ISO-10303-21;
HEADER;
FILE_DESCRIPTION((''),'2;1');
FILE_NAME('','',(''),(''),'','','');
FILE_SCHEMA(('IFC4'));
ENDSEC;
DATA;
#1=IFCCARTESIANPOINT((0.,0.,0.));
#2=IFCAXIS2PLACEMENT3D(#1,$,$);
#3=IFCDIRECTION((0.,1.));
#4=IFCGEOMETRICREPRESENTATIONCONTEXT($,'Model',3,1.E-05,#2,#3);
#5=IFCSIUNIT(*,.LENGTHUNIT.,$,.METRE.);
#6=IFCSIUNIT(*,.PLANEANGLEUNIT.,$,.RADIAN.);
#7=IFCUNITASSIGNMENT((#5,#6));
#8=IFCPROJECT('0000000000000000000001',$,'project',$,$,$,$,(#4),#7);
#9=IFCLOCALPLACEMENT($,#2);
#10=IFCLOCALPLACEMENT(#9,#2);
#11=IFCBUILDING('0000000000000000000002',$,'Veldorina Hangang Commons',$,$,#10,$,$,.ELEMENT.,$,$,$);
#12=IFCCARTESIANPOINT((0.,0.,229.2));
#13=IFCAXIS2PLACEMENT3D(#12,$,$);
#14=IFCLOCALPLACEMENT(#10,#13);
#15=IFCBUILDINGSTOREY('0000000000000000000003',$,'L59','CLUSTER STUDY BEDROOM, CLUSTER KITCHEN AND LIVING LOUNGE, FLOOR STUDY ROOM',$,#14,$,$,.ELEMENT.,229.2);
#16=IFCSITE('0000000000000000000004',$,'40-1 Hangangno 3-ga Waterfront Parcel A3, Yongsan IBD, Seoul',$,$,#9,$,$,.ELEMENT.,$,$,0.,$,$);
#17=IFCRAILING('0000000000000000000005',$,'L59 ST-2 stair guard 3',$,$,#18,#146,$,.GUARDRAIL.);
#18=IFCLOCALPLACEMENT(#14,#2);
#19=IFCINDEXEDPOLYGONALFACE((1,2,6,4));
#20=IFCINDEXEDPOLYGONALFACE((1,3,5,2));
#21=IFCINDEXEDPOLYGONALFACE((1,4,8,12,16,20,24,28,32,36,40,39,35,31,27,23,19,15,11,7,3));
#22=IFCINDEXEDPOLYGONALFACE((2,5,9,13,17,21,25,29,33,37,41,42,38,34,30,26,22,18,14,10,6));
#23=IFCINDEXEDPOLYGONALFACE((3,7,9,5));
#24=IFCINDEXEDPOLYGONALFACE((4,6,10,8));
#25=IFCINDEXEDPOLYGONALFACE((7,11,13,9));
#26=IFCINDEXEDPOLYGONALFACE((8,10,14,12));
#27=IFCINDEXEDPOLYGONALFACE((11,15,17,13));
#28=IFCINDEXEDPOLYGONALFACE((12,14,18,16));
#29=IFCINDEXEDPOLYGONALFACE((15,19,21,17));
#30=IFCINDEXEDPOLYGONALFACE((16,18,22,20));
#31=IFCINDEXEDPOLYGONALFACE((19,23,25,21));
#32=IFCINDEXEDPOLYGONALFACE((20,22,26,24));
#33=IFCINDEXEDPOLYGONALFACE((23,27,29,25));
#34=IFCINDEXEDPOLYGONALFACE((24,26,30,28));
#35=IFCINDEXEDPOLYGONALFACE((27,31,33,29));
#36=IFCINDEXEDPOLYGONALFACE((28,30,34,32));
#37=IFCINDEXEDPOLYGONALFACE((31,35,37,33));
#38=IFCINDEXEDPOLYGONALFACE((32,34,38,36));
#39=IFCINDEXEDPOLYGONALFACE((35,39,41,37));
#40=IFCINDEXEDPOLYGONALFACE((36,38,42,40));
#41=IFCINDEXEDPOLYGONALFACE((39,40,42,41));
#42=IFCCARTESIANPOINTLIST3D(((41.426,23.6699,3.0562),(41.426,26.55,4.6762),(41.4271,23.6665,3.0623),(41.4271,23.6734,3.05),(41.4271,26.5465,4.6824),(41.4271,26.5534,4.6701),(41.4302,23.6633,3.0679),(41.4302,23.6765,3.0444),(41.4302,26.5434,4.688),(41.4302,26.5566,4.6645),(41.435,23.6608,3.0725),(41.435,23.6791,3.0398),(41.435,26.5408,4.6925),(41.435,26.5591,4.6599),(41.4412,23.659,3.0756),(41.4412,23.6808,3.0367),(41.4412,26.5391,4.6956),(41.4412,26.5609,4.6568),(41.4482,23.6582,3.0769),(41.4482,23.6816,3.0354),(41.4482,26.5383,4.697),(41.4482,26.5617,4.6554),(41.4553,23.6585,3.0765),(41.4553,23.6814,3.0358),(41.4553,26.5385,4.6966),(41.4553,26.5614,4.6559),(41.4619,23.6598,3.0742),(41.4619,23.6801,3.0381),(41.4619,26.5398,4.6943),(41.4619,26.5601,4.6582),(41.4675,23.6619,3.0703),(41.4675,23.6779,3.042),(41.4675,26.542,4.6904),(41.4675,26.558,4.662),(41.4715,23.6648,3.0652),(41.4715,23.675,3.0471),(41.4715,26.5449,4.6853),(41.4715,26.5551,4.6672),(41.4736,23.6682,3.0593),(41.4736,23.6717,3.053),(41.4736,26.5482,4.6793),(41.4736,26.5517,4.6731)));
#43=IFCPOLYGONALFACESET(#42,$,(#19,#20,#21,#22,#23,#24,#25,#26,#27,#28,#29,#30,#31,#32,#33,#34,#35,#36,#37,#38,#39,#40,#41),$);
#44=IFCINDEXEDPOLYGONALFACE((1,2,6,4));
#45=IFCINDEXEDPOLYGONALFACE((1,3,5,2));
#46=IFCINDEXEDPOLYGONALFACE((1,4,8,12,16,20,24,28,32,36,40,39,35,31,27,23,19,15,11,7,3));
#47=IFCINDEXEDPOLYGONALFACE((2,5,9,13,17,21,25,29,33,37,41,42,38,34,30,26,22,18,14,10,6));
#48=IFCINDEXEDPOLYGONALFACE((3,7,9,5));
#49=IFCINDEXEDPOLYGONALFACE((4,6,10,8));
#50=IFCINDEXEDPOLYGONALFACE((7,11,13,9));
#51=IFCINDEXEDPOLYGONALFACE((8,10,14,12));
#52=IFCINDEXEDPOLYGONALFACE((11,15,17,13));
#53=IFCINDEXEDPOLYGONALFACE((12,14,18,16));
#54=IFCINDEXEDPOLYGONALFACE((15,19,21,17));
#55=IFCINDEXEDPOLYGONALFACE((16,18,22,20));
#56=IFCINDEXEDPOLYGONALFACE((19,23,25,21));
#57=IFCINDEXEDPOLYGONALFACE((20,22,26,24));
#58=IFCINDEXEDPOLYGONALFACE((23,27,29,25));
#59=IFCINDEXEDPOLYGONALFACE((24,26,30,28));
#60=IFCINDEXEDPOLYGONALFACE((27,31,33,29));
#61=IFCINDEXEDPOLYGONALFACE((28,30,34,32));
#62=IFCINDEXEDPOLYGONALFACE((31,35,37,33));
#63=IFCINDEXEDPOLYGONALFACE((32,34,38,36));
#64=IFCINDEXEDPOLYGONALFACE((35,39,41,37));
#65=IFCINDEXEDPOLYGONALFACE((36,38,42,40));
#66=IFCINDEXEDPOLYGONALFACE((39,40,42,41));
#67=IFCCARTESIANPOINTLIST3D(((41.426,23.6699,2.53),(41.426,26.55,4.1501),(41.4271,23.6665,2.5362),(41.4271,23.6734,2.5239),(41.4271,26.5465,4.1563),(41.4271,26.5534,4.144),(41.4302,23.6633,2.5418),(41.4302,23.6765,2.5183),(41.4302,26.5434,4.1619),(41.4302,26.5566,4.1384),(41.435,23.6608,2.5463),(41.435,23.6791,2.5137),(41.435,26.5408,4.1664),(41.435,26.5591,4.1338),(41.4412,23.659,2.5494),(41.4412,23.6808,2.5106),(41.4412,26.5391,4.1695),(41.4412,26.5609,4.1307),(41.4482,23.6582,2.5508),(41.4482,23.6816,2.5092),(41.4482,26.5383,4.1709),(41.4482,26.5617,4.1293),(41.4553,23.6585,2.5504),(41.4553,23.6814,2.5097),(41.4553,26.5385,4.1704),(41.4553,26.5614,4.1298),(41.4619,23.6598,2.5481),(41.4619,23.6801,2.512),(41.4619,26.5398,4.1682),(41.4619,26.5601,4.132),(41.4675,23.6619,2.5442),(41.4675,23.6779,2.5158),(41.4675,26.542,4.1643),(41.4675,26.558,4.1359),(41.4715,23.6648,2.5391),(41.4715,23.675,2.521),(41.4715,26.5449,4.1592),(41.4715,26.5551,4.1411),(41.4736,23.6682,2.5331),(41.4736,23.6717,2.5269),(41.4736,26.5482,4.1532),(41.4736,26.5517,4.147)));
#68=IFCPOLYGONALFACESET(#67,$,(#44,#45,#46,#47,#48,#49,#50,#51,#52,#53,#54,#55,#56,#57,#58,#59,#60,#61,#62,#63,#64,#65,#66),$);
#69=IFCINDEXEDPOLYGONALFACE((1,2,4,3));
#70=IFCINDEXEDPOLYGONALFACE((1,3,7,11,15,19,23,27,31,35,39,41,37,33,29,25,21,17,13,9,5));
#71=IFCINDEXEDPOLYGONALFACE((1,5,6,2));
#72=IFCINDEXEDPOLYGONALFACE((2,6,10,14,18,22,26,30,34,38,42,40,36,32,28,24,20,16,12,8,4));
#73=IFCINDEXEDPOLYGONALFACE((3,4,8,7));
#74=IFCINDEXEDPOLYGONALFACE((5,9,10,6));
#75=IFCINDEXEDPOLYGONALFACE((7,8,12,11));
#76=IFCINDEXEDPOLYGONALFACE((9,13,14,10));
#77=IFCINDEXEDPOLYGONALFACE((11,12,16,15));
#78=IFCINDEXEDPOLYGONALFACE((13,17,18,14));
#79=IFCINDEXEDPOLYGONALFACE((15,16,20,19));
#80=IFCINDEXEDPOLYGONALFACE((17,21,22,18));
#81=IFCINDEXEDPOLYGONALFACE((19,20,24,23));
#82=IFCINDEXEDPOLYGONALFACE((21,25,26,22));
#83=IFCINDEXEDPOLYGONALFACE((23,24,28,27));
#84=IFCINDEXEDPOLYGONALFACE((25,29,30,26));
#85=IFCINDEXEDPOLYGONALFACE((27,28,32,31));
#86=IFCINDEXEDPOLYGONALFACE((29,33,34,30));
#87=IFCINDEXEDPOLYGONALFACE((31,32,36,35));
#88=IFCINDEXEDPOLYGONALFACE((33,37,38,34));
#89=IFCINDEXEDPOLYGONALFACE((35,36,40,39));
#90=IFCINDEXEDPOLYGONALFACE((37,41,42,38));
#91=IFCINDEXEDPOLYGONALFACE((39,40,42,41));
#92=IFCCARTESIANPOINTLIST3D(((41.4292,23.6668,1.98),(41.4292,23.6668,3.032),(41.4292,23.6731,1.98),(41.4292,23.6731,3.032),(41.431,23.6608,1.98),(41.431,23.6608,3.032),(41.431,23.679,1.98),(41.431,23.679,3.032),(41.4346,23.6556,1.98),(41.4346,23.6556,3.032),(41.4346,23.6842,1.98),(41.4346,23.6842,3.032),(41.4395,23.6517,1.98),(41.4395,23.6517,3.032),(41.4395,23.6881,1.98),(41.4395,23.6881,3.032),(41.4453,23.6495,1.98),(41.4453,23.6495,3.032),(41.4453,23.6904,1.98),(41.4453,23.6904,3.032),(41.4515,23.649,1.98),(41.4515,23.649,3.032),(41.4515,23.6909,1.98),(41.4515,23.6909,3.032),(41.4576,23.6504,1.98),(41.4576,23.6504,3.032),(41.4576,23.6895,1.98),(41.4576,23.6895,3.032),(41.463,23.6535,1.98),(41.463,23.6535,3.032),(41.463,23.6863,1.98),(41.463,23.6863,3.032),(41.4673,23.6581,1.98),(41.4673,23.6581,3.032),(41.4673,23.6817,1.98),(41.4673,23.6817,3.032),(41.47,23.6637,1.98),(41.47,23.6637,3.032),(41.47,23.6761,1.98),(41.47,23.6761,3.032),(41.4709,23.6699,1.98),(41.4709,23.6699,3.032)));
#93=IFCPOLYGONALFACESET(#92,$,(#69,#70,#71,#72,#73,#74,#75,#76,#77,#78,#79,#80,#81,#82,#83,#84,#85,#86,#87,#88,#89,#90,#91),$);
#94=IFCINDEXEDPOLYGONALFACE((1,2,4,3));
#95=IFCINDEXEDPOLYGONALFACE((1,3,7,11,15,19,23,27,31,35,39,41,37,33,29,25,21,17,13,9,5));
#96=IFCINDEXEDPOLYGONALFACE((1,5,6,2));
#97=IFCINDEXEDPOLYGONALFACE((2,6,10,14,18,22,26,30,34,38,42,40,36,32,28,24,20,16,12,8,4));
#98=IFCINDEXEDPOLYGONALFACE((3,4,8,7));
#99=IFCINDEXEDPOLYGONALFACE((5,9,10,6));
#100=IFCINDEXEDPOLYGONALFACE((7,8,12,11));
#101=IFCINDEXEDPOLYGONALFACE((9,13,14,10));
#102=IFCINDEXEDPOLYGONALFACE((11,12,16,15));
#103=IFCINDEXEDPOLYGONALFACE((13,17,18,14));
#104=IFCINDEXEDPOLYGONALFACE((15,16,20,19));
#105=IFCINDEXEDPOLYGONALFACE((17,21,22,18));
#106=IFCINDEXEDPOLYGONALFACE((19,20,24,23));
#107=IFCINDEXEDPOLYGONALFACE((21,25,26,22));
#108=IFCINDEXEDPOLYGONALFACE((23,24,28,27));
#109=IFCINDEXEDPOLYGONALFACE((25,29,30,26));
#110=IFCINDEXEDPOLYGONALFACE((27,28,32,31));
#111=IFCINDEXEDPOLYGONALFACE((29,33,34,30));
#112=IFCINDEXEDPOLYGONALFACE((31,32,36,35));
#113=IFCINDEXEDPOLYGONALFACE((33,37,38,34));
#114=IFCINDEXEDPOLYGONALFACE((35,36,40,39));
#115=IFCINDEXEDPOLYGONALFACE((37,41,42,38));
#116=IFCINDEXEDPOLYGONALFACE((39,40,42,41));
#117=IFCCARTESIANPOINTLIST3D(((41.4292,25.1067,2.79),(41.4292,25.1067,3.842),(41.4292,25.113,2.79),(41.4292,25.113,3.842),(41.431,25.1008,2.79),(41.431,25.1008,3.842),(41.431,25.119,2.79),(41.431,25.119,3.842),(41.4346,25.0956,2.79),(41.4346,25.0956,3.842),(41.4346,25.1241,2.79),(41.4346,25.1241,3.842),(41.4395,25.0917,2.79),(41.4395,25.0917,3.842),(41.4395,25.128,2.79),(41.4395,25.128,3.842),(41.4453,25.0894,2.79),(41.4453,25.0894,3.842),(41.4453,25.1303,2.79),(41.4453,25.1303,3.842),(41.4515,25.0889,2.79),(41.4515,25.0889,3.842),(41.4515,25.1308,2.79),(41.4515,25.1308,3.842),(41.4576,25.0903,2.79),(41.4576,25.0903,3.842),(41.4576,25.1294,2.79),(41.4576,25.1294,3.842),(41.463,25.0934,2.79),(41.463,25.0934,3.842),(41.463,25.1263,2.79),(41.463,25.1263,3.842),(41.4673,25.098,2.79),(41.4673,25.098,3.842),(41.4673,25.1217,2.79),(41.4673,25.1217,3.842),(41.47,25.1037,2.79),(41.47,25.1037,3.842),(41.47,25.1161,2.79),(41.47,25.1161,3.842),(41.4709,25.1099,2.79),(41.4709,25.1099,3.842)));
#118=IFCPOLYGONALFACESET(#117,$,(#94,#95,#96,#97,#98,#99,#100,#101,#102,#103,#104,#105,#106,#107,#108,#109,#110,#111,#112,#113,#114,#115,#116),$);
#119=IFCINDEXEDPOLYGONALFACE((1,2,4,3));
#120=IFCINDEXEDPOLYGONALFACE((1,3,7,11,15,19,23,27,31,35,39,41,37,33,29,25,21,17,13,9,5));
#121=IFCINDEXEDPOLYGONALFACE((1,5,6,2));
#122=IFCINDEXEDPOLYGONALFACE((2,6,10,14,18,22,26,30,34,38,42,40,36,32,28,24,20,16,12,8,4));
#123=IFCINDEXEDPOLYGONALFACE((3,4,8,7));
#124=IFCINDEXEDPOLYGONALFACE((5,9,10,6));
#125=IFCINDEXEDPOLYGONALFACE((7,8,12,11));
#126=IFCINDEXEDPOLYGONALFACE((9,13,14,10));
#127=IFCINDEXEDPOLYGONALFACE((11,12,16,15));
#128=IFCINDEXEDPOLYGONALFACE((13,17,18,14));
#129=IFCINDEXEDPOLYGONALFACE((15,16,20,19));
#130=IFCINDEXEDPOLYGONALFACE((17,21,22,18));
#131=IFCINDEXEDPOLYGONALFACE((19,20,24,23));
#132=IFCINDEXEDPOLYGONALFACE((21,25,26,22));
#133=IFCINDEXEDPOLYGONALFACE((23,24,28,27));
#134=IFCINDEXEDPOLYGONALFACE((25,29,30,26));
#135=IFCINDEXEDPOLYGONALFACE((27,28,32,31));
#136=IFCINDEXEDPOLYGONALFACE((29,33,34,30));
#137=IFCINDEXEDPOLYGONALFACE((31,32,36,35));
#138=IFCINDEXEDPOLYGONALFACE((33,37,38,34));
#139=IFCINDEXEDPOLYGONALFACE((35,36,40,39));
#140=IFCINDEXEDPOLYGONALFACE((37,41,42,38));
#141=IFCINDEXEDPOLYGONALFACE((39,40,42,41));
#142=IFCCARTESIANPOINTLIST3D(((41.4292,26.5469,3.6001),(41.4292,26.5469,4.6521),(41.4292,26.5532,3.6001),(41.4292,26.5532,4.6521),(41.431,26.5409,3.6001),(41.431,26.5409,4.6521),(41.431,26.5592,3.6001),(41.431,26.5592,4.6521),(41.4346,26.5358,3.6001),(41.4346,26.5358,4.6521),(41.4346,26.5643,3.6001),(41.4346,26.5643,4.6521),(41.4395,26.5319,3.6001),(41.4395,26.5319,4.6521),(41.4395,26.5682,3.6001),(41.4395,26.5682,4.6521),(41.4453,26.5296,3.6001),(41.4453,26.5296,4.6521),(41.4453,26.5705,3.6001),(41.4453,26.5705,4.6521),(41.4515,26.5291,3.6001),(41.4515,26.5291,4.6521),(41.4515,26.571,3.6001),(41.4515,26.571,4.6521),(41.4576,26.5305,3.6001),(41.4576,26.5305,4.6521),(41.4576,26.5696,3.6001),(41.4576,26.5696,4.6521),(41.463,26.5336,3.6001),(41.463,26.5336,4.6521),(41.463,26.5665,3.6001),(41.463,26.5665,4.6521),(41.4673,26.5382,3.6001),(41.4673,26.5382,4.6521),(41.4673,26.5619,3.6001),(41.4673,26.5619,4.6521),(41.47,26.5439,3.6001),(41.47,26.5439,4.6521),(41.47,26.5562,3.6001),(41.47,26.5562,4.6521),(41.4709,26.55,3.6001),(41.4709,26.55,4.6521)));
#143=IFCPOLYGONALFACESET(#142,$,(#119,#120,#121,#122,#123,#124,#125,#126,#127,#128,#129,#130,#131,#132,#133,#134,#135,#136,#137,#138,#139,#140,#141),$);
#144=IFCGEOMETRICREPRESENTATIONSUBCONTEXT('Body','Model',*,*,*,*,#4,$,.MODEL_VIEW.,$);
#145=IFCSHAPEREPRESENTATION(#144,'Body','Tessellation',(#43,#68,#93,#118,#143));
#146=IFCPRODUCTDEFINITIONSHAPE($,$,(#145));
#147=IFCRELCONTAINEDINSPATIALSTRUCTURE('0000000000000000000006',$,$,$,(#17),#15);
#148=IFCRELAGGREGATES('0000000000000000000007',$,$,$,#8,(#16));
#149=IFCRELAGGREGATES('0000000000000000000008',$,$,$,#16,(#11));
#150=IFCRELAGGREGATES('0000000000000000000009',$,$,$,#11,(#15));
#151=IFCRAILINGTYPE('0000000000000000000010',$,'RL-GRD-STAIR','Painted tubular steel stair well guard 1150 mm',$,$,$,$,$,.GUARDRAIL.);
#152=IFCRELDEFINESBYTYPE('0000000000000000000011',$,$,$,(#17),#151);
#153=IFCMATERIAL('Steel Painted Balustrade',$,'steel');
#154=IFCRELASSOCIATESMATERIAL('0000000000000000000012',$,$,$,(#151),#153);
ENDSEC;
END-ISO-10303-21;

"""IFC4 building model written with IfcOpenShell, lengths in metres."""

from ifc_helpers import new_model, si_unit, direction, frame, origin, origin_2d, place, context, subcontext, project, spatial, circle, extrude, material, type_object, element, save


model = new_model("IFC4")

# Units and contexts
model_context = context("Model", 3, precision=1e-05, world=origin(), true_north=direction((0.0, 1.0)))
body_context = subcontext(model_context, "Body", "Model", "MODEL_VIEW")
ifc_project = project(units=[si_unit("LENGTHUNIT", "METRE"), si_unit("PLANEANGLEUNIT", "RADIAN")], contexts=[model_context])

# Site, building, storey
site_placement = place(None, origin())
site = spatial("IfcSite", under=ifc_project, at=site_placement, Name="40-1 Hangangno 3-ga Waterfront Parcel A3, Yongsan IBD, Seoul", CompositionType="ELEMENT", RefElevation=0.0)
building_placement = place(site_placement, origin())
building = spatial("IfcBuilding", under=site, at=building_placement, Name="Veldorina Hangang Commons", CompositionType="ELEMENT")
storey_placement = place(building_placement, frame((0.0, 0.0, 229.2)))
storey = spatial("IfcBuildingStorey", under=building, at=storey_placement, Name="L59", Description="CLUSTER STUDY BEDROOM, CLUSTER KITCHEN AND LIVING LOUNGE, FLOOR STUDY ROOM", CompositionType="ELEMENT", Elevation=229.2)

# Railing
ifc_material_1 = material(Name="Steel Painted Balustrade", Category="steel")
railing_type_1 = type_object("IfcRailingType", Name="RL-GRD-STAIR", Description="Painted tubular steel stair well guard 1150 mm", PredefinedType="GUARDRAIL", material=ifc_material_1)
railing_1_placement = place(storey_placement, frame((41.45, 23.6699, 1.98)))
element("IfcRailing", 1, at=railing_1_placement, inside=storey, type_object=railing_type_1, Name="L59 ST-2 stair guard 3", PredefinedType="GUARDRAIL", context=body_context, shape_type="SweptSolid", body=[
    extrude(circle(Radius=0.0239, at=origin_2d()), frame((0.0, 0.0, 1.0762), z_axis=(0.0, 0.87157, 0.490272), x_axis=(-1.0, 0.0, 0.0)), (0.0, 0.0, 1.0), 3.3044),
    extrude(circle(Radius=0.0239, at=origin_2d()), frame((0.0, 0.0, 0.55), z_axis=(0.0, 0.87157, 0.490272), x_axis=(-1.0, 0.0, 0.0)), (0.0, 0.0, 1.0), 3.3044),
    extrude(circle(Radius=0.021, at=origin_2d()), origin(), (0.0, 0.0, 1.0), 1.052),
    extrude(circle(Radius=0.021, at=origin_2d()), frame((0.0, 1.4399, 0.8101)), (0.0, 0.0, 1.0), 1.052),
    extrude(circle(Radius=0.021, at=origin_2d()), frame((0.0, 2.8801, 1.6201)), (0.0, 0.0, 1.0), 1.052),
])

save(model, "model.ifc")
